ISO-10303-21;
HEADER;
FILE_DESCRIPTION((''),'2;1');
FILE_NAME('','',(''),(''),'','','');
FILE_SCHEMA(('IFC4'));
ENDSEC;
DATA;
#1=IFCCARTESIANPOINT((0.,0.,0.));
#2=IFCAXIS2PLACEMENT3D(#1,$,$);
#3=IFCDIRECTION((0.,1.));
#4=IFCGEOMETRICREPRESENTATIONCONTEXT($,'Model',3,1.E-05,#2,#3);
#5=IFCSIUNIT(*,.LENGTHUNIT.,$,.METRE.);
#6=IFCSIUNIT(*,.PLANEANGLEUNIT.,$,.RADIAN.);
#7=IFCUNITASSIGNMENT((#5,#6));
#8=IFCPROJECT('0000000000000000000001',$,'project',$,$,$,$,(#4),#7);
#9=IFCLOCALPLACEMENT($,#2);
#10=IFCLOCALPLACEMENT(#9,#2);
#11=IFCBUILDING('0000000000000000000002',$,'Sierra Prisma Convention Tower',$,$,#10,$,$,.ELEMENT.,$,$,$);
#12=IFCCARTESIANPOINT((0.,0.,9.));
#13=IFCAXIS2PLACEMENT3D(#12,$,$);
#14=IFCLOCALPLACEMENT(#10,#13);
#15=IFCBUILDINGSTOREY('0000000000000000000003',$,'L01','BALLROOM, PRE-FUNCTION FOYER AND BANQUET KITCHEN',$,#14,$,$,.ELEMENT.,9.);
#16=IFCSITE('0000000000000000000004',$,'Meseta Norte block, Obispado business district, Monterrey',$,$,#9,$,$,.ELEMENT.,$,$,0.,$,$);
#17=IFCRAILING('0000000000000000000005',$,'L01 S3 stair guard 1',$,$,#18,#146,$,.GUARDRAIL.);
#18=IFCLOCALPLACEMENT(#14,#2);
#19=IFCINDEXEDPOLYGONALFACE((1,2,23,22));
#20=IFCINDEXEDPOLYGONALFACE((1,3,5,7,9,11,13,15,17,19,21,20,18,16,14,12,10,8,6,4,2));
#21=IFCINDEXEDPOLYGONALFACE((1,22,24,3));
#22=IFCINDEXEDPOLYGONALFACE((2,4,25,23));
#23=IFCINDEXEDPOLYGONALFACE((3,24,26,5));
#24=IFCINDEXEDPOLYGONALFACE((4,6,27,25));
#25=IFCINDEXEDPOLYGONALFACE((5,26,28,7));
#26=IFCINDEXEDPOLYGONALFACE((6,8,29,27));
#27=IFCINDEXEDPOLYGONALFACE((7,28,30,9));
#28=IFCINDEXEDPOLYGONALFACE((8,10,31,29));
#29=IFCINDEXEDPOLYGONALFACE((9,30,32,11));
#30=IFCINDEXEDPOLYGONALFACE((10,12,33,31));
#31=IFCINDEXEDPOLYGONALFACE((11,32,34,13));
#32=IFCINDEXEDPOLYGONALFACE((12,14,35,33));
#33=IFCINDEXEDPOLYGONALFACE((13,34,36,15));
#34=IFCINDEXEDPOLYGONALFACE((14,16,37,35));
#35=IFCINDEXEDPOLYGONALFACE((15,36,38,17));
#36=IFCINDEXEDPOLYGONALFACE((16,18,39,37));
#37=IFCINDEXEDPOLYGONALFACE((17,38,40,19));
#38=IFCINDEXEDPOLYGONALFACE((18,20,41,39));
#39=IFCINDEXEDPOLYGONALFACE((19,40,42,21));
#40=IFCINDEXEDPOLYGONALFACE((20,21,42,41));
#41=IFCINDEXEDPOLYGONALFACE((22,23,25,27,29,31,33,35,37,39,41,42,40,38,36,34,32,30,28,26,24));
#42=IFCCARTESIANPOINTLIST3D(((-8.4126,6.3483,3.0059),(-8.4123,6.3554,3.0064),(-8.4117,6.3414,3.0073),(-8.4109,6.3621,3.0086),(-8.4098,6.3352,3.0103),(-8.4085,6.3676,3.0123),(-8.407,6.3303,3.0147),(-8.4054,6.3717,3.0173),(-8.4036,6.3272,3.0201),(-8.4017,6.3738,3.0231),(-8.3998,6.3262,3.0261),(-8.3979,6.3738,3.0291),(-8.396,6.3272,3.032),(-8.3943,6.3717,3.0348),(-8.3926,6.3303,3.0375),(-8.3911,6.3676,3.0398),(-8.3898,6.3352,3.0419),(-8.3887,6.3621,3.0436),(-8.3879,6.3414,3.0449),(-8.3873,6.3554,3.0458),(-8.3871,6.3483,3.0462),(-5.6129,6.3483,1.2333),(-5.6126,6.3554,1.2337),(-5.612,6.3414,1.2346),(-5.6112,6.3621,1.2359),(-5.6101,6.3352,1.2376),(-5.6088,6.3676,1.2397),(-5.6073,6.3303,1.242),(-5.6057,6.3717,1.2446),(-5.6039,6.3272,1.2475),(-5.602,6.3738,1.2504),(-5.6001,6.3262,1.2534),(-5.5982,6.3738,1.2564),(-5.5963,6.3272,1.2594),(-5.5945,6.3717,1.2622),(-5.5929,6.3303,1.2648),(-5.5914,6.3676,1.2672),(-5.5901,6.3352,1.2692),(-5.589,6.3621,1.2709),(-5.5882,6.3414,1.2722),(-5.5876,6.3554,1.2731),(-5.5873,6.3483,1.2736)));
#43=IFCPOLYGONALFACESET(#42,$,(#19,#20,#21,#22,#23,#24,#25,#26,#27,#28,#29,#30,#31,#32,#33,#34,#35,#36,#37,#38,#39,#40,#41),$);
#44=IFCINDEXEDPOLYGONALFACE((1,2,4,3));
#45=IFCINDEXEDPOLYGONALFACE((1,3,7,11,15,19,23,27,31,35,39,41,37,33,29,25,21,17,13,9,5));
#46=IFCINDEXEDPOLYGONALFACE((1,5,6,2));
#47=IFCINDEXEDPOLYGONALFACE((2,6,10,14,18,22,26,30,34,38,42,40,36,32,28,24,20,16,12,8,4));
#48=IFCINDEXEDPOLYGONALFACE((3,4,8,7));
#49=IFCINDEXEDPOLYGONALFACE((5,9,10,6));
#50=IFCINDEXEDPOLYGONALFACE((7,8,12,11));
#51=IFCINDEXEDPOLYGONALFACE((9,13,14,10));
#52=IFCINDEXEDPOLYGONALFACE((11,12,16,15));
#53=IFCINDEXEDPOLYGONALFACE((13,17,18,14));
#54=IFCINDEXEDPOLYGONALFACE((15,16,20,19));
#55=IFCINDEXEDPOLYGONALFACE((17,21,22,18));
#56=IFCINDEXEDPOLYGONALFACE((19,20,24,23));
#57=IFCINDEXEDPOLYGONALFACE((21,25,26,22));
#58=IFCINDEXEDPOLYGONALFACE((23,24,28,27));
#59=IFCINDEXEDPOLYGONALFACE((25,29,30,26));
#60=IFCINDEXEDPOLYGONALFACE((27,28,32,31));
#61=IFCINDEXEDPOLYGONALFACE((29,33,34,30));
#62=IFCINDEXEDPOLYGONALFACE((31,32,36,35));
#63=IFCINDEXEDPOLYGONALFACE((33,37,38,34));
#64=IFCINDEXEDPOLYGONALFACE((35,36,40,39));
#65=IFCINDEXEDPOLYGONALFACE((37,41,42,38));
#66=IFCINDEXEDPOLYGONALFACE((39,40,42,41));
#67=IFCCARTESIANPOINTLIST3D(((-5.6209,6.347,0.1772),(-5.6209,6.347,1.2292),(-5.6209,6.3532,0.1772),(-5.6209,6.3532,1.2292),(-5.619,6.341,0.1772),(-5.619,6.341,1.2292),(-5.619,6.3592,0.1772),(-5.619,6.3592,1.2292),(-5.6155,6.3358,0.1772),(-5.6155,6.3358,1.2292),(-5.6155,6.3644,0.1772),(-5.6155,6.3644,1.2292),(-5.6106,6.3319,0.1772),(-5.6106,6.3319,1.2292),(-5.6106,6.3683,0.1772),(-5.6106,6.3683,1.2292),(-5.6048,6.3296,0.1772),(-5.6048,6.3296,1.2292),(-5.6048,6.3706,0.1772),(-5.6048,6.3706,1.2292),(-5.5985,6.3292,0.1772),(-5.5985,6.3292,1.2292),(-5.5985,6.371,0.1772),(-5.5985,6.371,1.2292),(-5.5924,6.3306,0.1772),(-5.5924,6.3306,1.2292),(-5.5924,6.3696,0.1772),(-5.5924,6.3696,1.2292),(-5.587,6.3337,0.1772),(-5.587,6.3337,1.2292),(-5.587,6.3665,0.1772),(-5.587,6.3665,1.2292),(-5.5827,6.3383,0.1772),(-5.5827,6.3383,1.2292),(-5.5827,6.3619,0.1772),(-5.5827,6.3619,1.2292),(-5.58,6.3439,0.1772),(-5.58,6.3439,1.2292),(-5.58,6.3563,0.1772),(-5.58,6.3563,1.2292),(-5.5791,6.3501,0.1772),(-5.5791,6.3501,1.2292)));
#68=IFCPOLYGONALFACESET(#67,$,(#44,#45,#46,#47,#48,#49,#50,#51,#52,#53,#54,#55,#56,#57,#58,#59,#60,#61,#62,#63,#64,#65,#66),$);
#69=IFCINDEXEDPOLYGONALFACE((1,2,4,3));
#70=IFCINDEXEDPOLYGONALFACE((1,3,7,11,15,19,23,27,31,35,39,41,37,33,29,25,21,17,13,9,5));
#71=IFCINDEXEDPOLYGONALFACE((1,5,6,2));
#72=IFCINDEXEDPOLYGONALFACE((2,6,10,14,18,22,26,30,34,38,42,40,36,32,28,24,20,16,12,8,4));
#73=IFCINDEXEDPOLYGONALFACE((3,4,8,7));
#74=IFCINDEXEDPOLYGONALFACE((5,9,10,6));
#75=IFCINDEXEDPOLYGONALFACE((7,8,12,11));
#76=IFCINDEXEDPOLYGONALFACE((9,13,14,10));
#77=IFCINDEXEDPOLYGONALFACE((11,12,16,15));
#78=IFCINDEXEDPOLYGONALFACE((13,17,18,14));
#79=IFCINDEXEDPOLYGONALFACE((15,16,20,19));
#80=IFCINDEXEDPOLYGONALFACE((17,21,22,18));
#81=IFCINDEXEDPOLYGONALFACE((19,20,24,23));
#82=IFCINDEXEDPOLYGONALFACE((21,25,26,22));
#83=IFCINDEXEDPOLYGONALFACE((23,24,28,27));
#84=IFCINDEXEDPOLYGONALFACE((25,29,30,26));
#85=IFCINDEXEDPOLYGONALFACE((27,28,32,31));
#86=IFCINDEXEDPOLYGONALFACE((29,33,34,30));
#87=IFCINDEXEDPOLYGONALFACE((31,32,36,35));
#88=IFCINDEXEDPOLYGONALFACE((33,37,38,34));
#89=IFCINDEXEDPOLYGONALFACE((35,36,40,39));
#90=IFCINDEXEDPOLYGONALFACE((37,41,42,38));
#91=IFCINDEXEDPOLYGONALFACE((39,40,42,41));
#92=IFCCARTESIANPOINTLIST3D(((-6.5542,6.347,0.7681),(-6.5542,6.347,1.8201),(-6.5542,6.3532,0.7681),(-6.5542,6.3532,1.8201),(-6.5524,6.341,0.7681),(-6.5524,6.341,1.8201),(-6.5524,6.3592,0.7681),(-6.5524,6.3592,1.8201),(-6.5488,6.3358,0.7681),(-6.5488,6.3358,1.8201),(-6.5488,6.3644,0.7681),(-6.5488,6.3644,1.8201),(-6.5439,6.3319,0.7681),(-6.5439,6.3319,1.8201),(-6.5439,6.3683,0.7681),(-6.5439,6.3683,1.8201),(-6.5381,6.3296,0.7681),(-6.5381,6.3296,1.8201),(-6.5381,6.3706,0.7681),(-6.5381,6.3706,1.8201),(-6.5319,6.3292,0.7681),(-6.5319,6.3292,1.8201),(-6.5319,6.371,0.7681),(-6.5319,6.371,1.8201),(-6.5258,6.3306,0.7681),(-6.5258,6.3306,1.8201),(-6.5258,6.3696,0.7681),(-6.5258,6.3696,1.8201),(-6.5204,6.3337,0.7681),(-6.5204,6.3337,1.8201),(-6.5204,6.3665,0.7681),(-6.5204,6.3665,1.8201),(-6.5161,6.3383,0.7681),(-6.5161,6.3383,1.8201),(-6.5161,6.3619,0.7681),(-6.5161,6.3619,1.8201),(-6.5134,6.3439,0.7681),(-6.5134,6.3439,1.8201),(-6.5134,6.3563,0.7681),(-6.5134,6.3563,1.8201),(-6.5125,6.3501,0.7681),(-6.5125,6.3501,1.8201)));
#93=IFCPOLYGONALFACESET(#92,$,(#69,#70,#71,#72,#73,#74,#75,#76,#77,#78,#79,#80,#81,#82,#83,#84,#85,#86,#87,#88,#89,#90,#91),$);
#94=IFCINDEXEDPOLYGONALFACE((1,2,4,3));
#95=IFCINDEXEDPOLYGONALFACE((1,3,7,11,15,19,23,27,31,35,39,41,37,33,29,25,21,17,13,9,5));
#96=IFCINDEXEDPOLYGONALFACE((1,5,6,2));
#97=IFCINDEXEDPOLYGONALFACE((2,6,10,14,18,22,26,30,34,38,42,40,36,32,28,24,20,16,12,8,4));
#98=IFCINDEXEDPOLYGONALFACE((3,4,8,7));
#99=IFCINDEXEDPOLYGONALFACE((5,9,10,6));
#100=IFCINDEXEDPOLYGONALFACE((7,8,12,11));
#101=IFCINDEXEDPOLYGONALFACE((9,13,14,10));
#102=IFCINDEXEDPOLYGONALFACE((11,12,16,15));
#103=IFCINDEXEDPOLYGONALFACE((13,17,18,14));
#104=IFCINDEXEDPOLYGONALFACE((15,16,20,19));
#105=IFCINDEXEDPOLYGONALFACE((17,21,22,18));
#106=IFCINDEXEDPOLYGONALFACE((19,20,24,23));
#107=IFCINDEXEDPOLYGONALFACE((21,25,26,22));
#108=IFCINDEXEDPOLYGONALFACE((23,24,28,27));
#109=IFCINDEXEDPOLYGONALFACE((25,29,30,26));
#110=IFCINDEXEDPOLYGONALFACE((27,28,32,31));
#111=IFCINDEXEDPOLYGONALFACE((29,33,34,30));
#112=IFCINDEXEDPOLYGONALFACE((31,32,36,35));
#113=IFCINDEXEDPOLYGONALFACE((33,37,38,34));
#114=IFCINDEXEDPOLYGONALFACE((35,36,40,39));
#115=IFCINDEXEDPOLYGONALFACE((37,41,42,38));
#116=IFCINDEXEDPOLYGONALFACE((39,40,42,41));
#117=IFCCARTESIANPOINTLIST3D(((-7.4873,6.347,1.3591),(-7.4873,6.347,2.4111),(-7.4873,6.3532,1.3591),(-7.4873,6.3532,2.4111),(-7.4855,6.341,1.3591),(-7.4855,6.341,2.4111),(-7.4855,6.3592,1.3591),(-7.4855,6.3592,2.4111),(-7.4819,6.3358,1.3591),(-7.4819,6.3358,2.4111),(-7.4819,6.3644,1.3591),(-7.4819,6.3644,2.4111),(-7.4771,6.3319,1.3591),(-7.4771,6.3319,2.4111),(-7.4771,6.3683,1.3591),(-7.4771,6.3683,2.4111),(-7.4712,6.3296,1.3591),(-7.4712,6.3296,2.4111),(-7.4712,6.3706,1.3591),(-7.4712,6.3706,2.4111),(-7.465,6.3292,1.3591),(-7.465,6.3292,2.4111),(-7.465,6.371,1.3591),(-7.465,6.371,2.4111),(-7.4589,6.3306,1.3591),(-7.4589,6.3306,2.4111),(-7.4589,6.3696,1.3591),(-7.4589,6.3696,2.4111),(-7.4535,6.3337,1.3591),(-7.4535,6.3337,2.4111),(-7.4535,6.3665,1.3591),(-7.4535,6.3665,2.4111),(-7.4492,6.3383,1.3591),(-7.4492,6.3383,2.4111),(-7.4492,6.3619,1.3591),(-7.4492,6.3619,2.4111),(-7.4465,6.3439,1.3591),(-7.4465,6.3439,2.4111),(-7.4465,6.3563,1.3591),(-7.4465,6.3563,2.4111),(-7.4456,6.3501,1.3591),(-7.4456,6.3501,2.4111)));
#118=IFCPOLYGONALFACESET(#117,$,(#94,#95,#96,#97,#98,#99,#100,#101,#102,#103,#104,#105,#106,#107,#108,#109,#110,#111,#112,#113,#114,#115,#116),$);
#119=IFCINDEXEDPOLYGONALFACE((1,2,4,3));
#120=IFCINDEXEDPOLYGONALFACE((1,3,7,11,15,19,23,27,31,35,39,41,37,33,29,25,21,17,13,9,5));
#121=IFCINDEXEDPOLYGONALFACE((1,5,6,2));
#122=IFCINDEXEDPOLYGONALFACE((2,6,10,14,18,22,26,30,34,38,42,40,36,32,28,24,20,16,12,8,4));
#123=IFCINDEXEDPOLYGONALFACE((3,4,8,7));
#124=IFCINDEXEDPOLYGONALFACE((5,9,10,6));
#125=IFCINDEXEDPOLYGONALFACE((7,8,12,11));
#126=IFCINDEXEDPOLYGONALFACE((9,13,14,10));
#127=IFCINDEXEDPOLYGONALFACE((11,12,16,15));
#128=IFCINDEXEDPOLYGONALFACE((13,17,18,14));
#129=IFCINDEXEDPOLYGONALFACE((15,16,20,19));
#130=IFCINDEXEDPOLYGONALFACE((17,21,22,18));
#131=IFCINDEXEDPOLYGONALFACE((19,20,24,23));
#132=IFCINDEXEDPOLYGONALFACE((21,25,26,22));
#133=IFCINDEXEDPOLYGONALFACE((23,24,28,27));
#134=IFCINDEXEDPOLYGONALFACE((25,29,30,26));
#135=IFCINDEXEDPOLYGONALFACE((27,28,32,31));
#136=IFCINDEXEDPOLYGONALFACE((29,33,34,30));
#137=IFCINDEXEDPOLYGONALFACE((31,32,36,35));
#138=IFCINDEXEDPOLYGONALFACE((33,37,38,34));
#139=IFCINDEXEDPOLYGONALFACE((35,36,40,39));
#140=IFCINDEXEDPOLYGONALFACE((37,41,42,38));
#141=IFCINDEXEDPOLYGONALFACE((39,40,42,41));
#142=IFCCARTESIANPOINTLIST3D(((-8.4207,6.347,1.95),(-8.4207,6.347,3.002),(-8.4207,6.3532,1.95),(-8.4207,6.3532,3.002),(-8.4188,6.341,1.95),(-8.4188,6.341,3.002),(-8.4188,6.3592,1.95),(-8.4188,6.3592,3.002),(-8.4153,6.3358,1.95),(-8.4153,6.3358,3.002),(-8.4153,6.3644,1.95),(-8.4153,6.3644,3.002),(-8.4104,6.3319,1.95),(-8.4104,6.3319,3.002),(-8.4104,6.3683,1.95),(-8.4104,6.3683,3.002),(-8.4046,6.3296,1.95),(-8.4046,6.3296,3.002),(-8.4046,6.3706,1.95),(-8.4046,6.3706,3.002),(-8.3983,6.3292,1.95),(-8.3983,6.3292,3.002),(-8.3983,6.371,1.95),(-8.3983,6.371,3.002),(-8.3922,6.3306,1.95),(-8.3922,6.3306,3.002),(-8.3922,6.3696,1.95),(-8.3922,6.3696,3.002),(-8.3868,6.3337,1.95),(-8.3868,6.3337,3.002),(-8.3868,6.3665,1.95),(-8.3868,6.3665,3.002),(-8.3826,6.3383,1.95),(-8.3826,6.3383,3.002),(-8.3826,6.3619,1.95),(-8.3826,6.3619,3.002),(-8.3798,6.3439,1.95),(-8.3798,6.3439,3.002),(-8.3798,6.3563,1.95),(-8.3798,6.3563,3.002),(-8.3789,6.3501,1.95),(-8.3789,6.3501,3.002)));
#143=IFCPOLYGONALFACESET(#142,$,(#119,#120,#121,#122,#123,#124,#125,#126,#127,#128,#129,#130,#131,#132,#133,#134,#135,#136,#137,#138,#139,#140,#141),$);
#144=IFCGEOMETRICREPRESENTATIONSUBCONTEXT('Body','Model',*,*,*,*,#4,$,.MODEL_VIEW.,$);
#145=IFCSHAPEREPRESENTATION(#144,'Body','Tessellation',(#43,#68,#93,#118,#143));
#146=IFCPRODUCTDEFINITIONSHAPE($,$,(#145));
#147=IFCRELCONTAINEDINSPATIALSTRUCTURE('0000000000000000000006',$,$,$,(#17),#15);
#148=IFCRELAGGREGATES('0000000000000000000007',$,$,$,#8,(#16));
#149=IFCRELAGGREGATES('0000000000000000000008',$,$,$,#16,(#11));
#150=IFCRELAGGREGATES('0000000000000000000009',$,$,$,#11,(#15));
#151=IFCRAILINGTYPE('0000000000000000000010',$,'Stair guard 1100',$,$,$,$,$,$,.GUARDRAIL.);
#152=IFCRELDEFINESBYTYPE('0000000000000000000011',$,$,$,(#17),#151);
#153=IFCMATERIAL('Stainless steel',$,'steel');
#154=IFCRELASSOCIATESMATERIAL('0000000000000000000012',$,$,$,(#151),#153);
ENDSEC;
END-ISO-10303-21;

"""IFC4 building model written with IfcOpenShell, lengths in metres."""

from ifc_helpers import new_model, si_unit, direction, frame, origin, origin_2d, place, context, subcontext, project, spatial, circle, extrude, material, type_object, element, save


model = new_model("IFC4")

# Units and contexts
model_context = context("Model", 3, precision=1e-05, world=origin(), true_north=direction((0.0, 1.0)))
body_context = subcontext(model_context, "Body", "Model", "MODEL_VIEW")
ifc_project = project(units=[si_unit("LENGTHUNIT", "METRE"), si_unit("PLANEANGLEUNIT", "RADIAN")], contexts=[model_context])

# Site, building, storey
site_placement = place(None, origin())
site = spatial("IfcSite", under=ifc_project, at=site_placement, Name="Meseta Norte block, Obispado business district, Monterrey", CompositionType="ELEMENT", RefElevation=0.0)
building_placement = place(site_placement, origin())
building = spatial("IfcBuilding", under=site, at=building_placement, Name="Sierra Prisma Convention Tower", CompositionType="ELEMENT")
storey_placement = place(building_placement, frame((0.0, 0.0, 9.0)))
storey = spatial("IfcBuildingStorey", under=building, at=storey_placement, Name="L01", Description="BALLROOM, PRE-FUNCTION FOYER AND BANQUET KITCHEN", CompositionType="ELEMENT", Elevation=9.0)

# Railing
ifc_material_1 = material(Name="Stainless steel", Category="steel")
railing_type_1 = type_object("IfcRailingType", Name="Stair guard 1100", PredefinedType="GUARDRAIL", material=ifc_material_1)
railing_1_placement = place(storey_placement, frame((-5.6001, 6.3501, 0.1772)))
element("IfcRailing", 1, at=railing_1_placement, inside=storey, type_object=railing_type_1, Name="L01 S3 stair guard 1", PredefinedType="GUARDRAIL", context=body_context, shape_type="SweptSolid", body=[
    extrude(circle(Radius=0.0239, at=origin_2d()), frame((0.0, 0.0, 1.0762), z_axis=(-0.844888, 0.0, 0.534943), x_axis=(0.0, -1.0, 0.0)), (0.0, 0.0, 1.0), 3.3137),
    extrude(circle(Radius=0.021, at=origin_2d()), origin(), (0.0, 0.0, 1.0), 1.052),
    extrude(circle(Radius=0.021, at=origin_2d()), frame((-0.9333, 0.0, 0.5908)), (0.0, 0.0, 1.0), 1.052),
    extrude(circle(Radius=0.021, at=origin_2d()), frame((-1.8665, 0.0, 1.1819)), (0.0, 0.0, 1.0), 1.052),
    extrude(circle(Radius=0.021, at=origin_2d()), frame((-2.7998, 0.0, 1.7727)), (0.0, 0.0, 1.0), 1.052),
])

save(model, "model.ifc")
